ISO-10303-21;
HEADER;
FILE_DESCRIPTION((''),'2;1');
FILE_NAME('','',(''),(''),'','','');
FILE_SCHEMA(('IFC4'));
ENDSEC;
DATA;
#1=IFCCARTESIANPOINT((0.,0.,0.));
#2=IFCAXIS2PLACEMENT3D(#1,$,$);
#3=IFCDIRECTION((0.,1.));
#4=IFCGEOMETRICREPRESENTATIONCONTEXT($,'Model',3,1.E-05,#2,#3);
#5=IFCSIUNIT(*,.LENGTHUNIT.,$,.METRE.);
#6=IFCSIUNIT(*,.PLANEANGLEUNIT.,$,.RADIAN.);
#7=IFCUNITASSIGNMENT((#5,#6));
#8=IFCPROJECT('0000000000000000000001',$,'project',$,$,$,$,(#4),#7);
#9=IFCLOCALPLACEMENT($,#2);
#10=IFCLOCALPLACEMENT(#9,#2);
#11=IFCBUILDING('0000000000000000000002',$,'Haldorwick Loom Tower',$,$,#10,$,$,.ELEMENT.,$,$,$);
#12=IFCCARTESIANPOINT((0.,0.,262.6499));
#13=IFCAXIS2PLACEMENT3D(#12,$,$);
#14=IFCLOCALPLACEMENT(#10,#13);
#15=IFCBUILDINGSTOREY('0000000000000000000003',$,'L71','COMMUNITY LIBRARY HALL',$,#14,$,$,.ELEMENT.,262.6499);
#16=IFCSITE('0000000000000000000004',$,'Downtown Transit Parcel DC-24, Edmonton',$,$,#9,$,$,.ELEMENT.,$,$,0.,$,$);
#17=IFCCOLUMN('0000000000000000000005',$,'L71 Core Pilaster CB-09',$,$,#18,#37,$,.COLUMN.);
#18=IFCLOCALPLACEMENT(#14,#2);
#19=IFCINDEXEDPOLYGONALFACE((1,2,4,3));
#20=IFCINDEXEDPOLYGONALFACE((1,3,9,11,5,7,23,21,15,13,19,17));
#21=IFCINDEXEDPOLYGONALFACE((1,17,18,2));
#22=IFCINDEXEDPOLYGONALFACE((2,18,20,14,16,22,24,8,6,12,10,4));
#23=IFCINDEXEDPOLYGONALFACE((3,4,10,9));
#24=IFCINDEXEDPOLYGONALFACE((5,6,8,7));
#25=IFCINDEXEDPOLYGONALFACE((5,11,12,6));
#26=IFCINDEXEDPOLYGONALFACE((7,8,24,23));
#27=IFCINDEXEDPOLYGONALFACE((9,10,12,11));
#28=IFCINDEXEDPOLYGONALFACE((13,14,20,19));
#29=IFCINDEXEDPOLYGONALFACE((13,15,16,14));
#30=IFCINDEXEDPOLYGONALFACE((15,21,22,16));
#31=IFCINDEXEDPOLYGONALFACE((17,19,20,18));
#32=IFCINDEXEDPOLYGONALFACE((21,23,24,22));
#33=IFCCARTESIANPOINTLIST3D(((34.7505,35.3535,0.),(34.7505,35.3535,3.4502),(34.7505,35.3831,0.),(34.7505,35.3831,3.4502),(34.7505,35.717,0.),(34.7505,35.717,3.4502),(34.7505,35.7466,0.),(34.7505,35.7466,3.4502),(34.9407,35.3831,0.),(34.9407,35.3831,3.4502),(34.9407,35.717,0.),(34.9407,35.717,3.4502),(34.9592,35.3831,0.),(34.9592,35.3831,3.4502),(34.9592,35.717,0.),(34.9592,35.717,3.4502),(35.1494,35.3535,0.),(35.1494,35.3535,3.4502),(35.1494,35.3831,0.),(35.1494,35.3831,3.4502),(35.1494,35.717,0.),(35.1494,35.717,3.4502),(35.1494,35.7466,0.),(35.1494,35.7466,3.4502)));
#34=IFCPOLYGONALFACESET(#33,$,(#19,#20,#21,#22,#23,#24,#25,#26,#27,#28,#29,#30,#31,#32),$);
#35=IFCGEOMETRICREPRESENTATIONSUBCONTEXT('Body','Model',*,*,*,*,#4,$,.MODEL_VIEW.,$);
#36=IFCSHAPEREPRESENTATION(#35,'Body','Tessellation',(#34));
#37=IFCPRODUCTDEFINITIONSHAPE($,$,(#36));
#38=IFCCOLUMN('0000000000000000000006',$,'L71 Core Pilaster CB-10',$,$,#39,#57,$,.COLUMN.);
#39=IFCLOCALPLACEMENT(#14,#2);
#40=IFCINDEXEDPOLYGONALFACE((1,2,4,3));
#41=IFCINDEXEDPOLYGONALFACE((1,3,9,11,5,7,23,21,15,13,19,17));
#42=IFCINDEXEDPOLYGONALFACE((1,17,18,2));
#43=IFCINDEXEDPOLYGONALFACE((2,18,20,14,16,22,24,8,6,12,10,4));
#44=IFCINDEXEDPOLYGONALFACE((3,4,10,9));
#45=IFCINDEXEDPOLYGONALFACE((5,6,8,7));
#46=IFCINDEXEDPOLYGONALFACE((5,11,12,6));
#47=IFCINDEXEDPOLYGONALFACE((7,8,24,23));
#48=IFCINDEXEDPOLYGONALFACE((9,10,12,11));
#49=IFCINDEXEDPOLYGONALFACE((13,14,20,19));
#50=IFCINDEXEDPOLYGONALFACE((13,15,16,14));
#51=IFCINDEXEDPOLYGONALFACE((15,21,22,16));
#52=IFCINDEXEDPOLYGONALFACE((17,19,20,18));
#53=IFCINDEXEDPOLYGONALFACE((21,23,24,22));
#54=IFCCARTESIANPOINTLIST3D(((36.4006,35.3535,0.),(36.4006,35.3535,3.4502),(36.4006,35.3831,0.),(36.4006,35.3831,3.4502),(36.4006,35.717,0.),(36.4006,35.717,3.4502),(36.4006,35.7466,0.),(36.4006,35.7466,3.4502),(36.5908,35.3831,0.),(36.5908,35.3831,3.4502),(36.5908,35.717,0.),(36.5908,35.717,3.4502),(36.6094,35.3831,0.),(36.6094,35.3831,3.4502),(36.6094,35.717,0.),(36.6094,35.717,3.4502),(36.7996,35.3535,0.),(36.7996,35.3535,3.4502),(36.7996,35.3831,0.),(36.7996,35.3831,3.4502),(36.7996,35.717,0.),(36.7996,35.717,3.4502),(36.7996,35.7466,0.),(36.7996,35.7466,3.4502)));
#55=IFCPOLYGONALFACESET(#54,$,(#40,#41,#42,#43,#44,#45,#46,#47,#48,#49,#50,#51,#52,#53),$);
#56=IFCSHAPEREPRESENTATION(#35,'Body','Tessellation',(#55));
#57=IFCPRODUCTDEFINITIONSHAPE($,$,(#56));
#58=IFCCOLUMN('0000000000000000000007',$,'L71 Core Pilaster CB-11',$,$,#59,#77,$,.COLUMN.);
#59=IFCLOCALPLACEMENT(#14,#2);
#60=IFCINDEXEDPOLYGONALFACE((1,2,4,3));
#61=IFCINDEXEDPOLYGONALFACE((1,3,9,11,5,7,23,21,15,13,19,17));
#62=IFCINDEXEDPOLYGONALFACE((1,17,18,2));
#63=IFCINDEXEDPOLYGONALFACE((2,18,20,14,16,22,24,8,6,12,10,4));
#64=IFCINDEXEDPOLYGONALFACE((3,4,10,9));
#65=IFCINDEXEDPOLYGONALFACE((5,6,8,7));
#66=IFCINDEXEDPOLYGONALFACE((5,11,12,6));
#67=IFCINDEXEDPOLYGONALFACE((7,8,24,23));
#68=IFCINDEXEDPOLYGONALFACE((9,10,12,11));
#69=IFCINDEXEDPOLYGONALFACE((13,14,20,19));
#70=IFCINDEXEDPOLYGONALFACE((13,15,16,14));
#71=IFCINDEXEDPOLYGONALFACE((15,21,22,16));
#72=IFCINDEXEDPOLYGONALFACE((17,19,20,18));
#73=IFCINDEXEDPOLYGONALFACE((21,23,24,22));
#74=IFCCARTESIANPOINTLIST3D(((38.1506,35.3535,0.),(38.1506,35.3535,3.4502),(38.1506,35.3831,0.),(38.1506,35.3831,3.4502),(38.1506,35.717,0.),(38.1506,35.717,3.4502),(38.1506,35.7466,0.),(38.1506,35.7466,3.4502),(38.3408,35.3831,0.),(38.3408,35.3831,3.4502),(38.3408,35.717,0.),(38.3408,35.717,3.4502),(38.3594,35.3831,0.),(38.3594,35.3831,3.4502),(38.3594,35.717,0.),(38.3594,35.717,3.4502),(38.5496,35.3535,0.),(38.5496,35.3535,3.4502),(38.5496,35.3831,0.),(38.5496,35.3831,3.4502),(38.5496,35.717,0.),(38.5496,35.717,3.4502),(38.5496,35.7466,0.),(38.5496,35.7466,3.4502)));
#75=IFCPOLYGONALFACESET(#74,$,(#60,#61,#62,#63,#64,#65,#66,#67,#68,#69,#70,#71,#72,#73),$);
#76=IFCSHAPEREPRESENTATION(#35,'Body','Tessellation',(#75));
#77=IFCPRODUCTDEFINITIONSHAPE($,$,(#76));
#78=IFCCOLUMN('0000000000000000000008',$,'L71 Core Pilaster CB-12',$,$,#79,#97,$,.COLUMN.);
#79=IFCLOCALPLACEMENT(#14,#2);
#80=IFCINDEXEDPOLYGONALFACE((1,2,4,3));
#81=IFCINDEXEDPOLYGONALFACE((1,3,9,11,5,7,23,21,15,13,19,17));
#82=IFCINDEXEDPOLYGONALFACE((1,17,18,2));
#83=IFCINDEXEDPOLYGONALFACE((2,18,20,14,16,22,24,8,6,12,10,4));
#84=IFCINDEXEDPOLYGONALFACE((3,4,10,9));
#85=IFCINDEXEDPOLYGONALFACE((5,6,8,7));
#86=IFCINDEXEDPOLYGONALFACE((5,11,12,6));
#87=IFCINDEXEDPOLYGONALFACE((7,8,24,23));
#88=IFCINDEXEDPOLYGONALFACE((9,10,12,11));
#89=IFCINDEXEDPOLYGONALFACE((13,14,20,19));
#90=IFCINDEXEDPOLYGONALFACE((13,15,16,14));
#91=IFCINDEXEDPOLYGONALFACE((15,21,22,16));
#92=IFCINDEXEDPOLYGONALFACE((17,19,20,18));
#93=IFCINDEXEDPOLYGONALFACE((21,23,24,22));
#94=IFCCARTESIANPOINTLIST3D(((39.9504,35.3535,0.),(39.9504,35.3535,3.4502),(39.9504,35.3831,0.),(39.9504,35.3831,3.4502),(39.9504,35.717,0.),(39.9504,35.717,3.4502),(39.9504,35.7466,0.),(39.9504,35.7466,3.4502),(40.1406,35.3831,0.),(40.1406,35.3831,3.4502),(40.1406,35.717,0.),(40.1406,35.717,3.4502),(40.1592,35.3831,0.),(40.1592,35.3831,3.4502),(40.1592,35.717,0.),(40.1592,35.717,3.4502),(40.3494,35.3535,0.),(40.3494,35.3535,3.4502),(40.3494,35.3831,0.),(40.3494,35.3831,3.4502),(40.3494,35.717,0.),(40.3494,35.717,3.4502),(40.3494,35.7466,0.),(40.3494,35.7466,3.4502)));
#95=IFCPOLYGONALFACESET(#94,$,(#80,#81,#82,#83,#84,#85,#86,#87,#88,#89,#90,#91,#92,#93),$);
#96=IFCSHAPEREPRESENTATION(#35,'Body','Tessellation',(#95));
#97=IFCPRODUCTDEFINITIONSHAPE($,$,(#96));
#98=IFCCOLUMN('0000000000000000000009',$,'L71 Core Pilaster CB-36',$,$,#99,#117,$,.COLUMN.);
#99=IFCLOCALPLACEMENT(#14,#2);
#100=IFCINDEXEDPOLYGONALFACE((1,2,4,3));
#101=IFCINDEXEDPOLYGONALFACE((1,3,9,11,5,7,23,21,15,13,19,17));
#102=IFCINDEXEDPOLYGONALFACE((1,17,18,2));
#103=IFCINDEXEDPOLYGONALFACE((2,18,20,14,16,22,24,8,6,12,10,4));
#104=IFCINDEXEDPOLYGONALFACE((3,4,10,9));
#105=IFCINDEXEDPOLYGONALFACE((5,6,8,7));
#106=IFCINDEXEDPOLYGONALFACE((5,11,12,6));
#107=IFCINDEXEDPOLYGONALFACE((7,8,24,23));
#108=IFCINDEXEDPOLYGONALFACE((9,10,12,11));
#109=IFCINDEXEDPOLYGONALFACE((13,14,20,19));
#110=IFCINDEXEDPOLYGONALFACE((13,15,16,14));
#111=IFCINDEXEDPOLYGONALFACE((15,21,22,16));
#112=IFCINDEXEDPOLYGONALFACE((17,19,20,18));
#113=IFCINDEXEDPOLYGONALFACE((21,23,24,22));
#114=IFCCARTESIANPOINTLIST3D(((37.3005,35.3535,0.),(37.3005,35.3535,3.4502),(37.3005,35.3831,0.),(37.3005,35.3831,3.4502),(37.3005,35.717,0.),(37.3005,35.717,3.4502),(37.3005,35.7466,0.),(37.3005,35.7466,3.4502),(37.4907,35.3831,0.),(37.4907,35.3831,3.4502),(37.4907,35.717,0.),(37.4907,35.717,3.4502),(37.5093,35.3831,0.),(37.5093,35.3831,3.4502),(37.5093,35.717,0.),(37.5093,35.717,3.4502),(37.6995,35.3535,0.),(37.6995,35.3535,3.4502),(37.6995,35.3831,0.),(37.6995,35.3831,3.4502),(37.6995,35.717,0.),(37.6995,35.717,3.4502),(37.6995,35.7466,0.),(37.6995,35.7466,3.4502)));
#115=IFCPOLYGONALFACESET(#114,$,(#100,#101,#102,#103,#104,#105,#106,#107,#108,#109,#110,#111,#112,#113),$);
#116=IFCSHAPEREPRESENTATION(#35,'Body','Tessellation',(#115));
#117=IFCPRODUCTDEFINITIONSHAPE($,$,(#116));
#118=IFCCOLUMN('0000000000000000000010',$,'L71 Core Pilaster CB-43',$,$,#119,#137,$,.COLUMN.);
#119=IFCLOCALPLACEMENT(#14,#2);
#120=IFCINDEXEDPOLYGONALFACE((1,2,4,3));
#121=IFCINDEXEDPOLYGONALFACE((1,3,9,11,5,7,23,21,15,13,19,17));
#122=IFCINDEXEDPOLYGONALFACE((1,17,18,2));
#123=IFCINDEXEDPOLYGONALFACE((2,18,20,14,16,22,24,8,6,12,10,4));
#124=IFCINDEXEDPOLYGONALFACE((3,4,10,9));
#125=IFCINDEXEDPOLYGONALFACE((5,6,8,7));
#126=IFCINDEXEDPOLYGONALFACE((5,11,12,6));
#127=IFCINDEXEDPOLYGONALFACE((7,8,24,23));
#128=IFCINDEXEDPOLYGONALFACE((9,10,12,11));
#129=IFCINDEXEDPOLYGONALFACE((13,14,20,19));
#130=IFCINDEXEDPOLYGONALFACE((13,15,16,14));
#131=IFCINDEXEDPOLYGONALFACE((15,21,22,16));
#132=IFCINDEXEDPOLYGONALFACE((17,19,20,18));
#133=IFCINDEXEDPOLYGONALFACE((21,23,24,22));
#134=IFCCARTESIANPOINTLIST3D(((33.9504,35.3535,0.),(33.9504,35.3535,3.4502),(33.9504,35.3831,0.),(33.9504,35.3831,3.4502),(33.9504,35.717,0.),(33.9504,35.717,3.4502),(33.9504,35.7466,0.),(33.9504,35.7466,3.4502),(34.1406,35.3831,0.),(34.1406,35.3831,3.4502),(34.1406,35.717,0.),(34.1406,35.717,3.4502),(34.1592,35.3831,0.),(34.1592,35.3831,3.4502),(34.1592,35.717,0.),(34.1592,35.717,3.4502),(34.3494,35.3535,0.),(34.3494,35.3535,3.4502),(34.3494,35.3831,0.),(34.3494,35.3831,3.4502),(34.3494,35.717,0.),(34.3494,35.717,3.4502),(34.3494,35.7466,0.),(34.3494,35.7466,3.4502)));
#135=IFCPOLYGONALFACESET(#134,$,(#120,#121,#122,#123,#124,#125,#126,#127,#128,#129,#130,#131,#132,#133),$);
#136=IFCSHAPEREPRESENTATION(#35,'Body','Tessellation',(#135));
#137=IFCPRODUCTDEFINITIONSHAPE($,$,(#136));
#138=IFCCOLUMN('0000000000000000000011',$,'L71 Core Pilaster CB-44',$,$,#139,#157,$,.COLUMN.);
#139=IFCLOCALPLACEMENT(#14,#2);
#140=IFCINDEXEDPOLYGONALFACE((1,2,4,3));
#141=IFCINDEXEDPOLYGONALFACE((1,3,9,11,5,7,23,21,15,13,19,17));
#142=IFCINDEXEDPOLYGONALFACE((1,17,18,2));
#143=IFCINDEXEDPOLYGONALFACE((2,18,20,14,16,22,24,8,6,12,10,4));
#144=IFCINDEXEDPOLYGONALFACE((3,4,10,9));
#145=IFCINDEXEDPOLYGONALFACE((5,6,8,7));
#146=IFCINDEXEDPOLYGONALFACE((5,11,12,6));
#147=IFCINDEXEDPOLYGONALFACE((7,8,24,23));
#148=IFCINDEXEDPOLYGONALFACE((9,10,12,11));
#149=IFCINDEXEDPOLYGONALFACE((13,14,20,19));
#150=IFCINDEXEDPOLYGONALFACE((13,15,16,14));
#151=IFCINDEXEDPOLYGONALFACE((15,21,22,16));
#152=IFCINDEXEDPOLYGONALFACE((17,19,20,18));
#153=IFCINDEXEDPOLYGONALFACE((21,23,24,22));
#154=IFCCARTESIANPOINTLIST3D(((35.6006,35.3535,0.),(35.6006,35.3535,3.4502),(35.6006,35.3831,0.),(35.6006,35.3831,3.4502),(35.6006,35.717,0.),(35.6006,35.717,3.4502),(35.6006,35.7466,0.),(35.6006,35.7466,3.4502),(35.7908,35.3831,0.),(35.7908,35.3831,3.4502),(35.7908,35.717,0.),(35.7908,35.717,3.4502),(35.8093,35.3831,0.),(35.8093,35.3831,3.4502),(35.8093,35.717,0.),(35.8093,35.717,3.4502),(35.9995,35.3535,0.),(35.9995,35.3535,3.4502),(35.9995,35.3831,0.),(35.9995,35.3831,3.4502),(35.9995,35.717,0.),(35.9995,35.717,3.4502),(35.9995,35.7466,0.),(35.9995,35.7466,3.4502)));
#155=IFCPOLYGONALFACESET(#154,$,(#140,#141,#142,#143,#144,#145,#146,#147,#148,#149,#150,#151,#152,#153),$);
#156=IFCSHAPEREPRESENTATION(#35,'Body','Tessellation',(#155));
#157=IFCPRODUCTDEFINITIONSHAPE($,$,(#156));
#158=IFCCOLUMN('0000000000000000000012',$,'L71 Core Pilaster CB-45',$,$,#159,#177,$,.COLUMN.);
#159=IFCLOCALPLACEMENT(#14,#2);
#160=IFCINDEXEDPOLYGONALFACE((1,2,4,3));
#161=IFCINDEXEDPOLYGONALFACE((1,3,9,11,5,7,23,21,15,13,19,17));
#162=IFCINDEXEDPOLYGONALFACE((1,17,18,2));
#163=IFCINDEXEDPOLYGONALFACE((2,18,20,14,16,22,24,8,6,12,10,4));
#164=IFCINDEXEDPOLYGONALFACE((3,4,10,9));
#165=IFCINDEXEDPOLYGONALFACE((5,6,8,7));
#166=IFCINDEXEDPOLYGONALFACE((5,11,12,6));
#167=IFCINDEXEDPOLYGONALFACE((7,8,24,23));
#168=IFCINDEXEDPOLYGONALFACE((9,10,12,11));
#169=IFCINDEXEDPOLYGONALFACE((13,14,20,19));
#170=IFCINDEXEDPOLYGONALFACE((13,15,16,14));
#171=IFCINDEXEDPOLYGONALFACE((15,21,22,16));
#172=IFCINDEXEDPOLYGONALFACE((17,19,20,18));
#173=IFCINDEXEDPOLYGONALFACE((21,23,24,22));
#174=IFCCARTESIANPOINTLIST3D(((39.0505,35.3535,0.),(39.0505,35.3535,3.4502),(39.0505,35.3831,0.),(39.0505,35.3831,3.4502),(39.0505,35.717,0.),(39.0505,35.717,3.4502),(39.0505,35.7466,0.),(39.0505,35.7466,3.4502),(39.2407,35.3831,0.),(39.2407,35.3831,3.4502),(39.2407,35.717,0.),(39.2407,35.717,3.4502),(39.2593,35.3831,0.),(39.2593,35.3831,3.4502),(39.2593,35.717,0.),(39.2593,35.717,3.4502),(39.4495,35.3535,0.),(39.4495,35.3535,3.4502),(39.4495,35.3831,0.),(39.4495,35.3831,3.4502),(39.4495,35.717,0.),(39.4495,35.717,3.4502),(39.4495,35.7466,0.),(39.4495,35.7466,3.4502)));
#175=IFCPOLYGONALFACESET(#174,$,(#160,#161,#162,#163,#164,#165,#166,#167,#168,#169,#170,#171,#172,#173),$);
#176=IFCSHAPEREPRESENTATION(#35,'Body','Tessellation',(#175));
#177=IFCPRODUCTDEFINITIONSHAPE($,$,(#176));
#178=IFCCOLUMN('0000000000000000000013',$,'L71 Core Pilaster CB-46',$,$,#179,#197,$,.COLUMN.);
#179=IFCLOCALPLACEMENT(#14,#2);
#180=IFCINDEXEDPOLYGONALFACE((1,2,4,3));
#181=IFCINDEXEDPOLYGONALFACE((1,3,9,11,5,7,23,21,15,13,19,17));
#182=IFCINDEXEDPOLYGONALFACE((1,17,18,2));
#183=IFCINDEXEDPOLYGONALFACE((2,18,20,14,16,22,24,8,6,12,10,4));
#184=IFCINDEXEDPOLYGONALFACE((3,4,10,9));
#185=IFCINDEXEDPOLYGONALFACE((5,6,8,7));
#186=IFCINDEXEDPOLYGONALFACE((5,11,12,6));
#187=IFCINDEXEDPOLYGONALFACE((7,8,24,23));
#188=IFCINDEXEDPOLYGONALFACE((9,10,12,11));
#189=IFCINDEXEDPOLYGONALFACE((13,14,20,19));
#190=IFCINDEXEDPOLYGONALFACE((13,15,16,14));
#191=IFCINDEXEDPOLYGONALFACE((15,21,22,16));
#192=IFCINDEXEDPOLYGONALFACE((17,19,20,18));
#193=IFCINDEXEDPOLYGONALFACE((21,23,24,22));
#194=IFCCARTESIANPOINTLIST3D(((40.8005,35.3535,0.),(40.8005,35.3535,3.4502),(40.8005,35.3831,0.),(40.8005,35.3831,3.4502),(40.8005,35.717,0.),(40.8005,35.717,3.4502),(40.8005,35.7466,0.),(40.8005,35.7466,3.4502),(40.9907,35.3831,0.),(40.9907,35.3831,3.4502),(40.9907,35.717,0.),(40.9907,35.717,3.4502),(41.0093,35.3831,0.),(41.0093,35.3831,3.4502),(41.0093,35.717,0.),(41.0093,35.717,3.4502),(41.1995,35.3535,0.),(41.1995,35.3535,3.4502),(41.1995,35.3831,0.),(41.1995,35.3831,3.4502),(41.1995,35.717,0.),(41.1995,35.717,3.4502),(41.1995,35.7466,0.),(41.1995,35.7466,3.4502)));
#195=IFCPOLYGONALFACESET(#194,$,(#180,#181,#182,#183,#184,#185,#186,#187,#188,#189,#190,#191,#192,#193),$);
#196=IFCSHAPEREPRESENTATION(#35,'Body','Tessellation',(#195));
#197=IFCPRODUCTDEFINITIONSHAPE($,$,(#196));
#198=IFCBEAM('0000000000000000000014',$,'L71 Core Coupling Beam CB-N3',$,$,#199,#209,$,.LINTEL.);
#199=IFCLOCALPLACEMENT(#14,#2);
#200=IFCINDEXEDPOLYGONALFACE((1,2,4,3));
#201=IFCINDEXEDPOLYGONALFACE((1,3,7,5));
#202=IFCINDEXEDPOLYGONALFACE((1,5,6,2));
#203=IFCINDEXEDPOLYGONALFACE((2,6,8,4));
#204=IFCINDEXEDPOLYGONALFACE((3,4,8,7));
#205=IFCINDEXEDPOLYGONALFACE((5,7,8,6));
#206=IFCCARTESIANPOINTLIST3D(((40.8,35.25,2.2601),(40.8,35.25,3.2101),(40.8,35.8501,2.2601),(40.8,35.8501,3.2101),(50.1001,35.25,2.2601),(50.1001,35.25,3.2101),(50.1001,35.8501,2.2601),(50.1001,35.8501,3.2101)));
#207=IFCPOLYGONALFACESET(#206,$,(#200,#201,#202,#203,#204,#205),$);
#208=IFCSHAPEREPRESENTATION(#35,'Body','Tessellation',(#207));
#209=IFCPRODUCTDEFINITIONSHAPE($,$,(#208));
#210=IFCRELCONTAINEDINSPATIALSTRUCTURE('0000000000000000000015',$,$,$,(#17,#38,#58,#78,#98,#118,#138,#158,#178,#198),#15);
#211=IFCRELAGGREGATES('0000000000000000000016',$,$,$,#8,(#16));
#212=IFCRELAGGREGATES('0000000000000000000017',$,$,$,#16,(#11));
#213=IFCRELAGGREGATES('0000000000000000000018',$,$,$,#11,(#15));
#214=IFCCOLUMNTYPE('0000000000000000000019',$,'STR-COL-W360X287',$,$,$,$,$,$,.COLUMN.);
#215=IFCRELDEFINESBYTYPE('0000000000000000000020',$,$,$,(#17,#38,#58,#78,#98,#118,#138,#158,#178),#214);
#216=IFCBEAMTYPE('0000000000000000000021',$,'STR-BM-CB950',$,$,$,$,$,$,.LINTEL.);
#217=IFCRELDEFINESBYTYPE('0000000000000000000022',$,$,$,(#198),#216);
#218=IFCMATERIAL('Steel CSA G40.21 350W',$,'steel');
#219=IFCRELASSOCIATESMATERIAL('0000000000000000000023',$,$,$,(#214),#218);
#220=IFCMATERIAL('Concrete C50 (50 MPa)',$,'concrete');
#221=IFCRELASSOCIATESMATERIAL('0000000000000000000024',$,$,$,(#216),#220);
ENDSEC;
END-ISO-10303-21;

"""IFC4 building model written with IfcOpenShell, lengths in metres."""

from ifc_helpers import new_model, si_unit, direction, frame, origin, origin_2d, place, context, subcontext, project, spatial, rectangle, i_section, extrude, material, material_profile, profile_set, type_object, element, save


model = new_model("IFC4")

# Units and contexts
model_context = context("Model", 3, precision=1e-05, world=origin(), true_north=direction((0.0, 1.0)))
body_context = subcontext(model_context, "Body", "Model", "MODEL_VIEW")
ifc_project = project(units=[si_unit("LENGTHUNIT", "METRE"), si_unit("PLANEANGLEUNIT", "RADIAN")], contexts=[model_context])

# Site, building, storey
site_placement = place(None, origin())
site = spatial("IfcSite", under=ifc_project, at=site_placement, Name="Downtown Transit Parcel DC-24, Edmonton", CompositionType="ELEMENT", RefElevation=0.0)
building_placement = place(site_placement, origin())
building = spatial("IfcBuilding", under=site, at=building_placement, Name="Haldorwick Loom Tower", CompositionType="ELEMENT")
storey_placement = place(building_placement, frame((0.0, 0.0, 262.6499)))
storey = spatial("IfcBuildingStorey", under=building, at=storey_placement, Name="L71", Description="COMMUNITY LIBRARY HALL", CompositionType="ELEMENT", Elevation=262.6499)

# Columns
ifc_material_1 = material(Name="Steel CSA G40.21 350W", Category="steel")
ifc_material_profile_1 = material_profile(ifc_material_1, i_section(OverallWidth=0.3989, OverallDepth=0.3931, WebThickness=0.0186, FlangeThickness=0.0295, at=origin_2d()), Name="W360X287", Category="steel")
ifc_profile_set_1 = profile_set([ifc_material_profile_1], Name="Steel CSA G40.21 350W")
column_type = type_object("IfcColumnType", Name="STR-COL-W360X287", PredefinedType="COLUMN", material=ifc_profile_set_1)
for number, where, z_axis, x_axis, name in (
    (1, (34.95, 35.55, 0.0), (0.0, 0.0, 1.0), (1.0, 0.0, 0.0), "L71 Core Pilaster CB-09"),
    (2, (36.6001, 35.55, 0.0), (0.0, 0.0, 1.0), (1.0, 0.0, 0.0), "L71 Core Pilaster CB-10"),
    (3, (38.3501, 35.55, 0.0), (0.0, 0.0, 1.0), (1.0, 0.0, 0.0), "L71 Core Pilaster CB-11"),
    (4, (40.1499, 35.55, 0.0), (0.0, 0.0, 1.0), (1.0, 0.0, 0.0), "L71 Core Pilaster CB-12"),
    (5, (37.5, 35.55, 0.0), (0.0, 0.0, 1.0), (1.0, 0.0, 0.0), "L71 Core Pilaster CB-36"),
    (6, (34.1499, 35.55, 0.0), (0.0, 0.0, 1.0), (1.0, 0.0, 0.0), "L71 Core Pilaster CB-43"),
    (7, (35.8, 35.55, 0.0), (0.0, 0.0, 1.0), (1.0, 0.0, 0.0), "L71 Core Pilaster CB-44"),
    (8, (39.25, 35.55, 0.0), (0.0, 0.0, 1.0), (1.0, 0.0, 0.0), "L71 Core Pilaster CB-45"),
    (9, (41.0, 35.55, 0.0), (0.0, 0.0, 1.0), (1.0, 0.0, 0.0), "L71 Core Pilaster CB-46"),
):
    element("IfcColumn", number, at=place(storey_placement, frame(where, z_axis=z_axis, x_axis=x_axis)), inside=storey, type_object=column_type, Name=name, PredefinedType="COLUMN", context=body_context, shape_type="SweptSolid", body=[
        extrude(i_section(OverallWidth=0.3989, OverallDepth=0.3931, WebThickness=0.0186, FlangeThickness=0.0295, at=origin_2d()), origin(), (0.0, 0.0, 1.0), 3.4502),
    ])

# Beam
ifc_material_2 = material(Name="Concrete C50 (50 MPa)", Category="concrete")
ifc_material_profile_2 = material_profile(ifc_material_2, rectangle(XDim=0.6001, YDim=0.95, at=origin_2d()), Name="RC600X950", Category="concrete")
ifc_profile_set_2 = profile_set([ifc_material_profile_2], Name="Concrete C50 (50 MPa)")
beam_type_1 = type_object("IfcBeamType", Name="STR-BM-CB950", PredefinedType="LINTEL", material=ifc_profile_set_2)
beam_1_placement = place(storey_placement, frame((40.8, 35.55, 2.7351), z_axis=(1.0, 0.0, 0.0), x_axis=(0.0, 1.0, 0.0)))
element("IfcBeam", 10, at=beam_1_placement, inside=storey, type_object=beam_type_1, Name="L71 Core Coupling Beam CB-N3", PredefinedType="LINTEL", context=body_context, shape_type="SweptSolid", body=[
    extrude(rectangle(XDim=0.6001, YDim=0.95, at=origin_2d()), origin(), (0.0, 0.0, 1.0), 9.3),
])

save(model, "model.ifc")
